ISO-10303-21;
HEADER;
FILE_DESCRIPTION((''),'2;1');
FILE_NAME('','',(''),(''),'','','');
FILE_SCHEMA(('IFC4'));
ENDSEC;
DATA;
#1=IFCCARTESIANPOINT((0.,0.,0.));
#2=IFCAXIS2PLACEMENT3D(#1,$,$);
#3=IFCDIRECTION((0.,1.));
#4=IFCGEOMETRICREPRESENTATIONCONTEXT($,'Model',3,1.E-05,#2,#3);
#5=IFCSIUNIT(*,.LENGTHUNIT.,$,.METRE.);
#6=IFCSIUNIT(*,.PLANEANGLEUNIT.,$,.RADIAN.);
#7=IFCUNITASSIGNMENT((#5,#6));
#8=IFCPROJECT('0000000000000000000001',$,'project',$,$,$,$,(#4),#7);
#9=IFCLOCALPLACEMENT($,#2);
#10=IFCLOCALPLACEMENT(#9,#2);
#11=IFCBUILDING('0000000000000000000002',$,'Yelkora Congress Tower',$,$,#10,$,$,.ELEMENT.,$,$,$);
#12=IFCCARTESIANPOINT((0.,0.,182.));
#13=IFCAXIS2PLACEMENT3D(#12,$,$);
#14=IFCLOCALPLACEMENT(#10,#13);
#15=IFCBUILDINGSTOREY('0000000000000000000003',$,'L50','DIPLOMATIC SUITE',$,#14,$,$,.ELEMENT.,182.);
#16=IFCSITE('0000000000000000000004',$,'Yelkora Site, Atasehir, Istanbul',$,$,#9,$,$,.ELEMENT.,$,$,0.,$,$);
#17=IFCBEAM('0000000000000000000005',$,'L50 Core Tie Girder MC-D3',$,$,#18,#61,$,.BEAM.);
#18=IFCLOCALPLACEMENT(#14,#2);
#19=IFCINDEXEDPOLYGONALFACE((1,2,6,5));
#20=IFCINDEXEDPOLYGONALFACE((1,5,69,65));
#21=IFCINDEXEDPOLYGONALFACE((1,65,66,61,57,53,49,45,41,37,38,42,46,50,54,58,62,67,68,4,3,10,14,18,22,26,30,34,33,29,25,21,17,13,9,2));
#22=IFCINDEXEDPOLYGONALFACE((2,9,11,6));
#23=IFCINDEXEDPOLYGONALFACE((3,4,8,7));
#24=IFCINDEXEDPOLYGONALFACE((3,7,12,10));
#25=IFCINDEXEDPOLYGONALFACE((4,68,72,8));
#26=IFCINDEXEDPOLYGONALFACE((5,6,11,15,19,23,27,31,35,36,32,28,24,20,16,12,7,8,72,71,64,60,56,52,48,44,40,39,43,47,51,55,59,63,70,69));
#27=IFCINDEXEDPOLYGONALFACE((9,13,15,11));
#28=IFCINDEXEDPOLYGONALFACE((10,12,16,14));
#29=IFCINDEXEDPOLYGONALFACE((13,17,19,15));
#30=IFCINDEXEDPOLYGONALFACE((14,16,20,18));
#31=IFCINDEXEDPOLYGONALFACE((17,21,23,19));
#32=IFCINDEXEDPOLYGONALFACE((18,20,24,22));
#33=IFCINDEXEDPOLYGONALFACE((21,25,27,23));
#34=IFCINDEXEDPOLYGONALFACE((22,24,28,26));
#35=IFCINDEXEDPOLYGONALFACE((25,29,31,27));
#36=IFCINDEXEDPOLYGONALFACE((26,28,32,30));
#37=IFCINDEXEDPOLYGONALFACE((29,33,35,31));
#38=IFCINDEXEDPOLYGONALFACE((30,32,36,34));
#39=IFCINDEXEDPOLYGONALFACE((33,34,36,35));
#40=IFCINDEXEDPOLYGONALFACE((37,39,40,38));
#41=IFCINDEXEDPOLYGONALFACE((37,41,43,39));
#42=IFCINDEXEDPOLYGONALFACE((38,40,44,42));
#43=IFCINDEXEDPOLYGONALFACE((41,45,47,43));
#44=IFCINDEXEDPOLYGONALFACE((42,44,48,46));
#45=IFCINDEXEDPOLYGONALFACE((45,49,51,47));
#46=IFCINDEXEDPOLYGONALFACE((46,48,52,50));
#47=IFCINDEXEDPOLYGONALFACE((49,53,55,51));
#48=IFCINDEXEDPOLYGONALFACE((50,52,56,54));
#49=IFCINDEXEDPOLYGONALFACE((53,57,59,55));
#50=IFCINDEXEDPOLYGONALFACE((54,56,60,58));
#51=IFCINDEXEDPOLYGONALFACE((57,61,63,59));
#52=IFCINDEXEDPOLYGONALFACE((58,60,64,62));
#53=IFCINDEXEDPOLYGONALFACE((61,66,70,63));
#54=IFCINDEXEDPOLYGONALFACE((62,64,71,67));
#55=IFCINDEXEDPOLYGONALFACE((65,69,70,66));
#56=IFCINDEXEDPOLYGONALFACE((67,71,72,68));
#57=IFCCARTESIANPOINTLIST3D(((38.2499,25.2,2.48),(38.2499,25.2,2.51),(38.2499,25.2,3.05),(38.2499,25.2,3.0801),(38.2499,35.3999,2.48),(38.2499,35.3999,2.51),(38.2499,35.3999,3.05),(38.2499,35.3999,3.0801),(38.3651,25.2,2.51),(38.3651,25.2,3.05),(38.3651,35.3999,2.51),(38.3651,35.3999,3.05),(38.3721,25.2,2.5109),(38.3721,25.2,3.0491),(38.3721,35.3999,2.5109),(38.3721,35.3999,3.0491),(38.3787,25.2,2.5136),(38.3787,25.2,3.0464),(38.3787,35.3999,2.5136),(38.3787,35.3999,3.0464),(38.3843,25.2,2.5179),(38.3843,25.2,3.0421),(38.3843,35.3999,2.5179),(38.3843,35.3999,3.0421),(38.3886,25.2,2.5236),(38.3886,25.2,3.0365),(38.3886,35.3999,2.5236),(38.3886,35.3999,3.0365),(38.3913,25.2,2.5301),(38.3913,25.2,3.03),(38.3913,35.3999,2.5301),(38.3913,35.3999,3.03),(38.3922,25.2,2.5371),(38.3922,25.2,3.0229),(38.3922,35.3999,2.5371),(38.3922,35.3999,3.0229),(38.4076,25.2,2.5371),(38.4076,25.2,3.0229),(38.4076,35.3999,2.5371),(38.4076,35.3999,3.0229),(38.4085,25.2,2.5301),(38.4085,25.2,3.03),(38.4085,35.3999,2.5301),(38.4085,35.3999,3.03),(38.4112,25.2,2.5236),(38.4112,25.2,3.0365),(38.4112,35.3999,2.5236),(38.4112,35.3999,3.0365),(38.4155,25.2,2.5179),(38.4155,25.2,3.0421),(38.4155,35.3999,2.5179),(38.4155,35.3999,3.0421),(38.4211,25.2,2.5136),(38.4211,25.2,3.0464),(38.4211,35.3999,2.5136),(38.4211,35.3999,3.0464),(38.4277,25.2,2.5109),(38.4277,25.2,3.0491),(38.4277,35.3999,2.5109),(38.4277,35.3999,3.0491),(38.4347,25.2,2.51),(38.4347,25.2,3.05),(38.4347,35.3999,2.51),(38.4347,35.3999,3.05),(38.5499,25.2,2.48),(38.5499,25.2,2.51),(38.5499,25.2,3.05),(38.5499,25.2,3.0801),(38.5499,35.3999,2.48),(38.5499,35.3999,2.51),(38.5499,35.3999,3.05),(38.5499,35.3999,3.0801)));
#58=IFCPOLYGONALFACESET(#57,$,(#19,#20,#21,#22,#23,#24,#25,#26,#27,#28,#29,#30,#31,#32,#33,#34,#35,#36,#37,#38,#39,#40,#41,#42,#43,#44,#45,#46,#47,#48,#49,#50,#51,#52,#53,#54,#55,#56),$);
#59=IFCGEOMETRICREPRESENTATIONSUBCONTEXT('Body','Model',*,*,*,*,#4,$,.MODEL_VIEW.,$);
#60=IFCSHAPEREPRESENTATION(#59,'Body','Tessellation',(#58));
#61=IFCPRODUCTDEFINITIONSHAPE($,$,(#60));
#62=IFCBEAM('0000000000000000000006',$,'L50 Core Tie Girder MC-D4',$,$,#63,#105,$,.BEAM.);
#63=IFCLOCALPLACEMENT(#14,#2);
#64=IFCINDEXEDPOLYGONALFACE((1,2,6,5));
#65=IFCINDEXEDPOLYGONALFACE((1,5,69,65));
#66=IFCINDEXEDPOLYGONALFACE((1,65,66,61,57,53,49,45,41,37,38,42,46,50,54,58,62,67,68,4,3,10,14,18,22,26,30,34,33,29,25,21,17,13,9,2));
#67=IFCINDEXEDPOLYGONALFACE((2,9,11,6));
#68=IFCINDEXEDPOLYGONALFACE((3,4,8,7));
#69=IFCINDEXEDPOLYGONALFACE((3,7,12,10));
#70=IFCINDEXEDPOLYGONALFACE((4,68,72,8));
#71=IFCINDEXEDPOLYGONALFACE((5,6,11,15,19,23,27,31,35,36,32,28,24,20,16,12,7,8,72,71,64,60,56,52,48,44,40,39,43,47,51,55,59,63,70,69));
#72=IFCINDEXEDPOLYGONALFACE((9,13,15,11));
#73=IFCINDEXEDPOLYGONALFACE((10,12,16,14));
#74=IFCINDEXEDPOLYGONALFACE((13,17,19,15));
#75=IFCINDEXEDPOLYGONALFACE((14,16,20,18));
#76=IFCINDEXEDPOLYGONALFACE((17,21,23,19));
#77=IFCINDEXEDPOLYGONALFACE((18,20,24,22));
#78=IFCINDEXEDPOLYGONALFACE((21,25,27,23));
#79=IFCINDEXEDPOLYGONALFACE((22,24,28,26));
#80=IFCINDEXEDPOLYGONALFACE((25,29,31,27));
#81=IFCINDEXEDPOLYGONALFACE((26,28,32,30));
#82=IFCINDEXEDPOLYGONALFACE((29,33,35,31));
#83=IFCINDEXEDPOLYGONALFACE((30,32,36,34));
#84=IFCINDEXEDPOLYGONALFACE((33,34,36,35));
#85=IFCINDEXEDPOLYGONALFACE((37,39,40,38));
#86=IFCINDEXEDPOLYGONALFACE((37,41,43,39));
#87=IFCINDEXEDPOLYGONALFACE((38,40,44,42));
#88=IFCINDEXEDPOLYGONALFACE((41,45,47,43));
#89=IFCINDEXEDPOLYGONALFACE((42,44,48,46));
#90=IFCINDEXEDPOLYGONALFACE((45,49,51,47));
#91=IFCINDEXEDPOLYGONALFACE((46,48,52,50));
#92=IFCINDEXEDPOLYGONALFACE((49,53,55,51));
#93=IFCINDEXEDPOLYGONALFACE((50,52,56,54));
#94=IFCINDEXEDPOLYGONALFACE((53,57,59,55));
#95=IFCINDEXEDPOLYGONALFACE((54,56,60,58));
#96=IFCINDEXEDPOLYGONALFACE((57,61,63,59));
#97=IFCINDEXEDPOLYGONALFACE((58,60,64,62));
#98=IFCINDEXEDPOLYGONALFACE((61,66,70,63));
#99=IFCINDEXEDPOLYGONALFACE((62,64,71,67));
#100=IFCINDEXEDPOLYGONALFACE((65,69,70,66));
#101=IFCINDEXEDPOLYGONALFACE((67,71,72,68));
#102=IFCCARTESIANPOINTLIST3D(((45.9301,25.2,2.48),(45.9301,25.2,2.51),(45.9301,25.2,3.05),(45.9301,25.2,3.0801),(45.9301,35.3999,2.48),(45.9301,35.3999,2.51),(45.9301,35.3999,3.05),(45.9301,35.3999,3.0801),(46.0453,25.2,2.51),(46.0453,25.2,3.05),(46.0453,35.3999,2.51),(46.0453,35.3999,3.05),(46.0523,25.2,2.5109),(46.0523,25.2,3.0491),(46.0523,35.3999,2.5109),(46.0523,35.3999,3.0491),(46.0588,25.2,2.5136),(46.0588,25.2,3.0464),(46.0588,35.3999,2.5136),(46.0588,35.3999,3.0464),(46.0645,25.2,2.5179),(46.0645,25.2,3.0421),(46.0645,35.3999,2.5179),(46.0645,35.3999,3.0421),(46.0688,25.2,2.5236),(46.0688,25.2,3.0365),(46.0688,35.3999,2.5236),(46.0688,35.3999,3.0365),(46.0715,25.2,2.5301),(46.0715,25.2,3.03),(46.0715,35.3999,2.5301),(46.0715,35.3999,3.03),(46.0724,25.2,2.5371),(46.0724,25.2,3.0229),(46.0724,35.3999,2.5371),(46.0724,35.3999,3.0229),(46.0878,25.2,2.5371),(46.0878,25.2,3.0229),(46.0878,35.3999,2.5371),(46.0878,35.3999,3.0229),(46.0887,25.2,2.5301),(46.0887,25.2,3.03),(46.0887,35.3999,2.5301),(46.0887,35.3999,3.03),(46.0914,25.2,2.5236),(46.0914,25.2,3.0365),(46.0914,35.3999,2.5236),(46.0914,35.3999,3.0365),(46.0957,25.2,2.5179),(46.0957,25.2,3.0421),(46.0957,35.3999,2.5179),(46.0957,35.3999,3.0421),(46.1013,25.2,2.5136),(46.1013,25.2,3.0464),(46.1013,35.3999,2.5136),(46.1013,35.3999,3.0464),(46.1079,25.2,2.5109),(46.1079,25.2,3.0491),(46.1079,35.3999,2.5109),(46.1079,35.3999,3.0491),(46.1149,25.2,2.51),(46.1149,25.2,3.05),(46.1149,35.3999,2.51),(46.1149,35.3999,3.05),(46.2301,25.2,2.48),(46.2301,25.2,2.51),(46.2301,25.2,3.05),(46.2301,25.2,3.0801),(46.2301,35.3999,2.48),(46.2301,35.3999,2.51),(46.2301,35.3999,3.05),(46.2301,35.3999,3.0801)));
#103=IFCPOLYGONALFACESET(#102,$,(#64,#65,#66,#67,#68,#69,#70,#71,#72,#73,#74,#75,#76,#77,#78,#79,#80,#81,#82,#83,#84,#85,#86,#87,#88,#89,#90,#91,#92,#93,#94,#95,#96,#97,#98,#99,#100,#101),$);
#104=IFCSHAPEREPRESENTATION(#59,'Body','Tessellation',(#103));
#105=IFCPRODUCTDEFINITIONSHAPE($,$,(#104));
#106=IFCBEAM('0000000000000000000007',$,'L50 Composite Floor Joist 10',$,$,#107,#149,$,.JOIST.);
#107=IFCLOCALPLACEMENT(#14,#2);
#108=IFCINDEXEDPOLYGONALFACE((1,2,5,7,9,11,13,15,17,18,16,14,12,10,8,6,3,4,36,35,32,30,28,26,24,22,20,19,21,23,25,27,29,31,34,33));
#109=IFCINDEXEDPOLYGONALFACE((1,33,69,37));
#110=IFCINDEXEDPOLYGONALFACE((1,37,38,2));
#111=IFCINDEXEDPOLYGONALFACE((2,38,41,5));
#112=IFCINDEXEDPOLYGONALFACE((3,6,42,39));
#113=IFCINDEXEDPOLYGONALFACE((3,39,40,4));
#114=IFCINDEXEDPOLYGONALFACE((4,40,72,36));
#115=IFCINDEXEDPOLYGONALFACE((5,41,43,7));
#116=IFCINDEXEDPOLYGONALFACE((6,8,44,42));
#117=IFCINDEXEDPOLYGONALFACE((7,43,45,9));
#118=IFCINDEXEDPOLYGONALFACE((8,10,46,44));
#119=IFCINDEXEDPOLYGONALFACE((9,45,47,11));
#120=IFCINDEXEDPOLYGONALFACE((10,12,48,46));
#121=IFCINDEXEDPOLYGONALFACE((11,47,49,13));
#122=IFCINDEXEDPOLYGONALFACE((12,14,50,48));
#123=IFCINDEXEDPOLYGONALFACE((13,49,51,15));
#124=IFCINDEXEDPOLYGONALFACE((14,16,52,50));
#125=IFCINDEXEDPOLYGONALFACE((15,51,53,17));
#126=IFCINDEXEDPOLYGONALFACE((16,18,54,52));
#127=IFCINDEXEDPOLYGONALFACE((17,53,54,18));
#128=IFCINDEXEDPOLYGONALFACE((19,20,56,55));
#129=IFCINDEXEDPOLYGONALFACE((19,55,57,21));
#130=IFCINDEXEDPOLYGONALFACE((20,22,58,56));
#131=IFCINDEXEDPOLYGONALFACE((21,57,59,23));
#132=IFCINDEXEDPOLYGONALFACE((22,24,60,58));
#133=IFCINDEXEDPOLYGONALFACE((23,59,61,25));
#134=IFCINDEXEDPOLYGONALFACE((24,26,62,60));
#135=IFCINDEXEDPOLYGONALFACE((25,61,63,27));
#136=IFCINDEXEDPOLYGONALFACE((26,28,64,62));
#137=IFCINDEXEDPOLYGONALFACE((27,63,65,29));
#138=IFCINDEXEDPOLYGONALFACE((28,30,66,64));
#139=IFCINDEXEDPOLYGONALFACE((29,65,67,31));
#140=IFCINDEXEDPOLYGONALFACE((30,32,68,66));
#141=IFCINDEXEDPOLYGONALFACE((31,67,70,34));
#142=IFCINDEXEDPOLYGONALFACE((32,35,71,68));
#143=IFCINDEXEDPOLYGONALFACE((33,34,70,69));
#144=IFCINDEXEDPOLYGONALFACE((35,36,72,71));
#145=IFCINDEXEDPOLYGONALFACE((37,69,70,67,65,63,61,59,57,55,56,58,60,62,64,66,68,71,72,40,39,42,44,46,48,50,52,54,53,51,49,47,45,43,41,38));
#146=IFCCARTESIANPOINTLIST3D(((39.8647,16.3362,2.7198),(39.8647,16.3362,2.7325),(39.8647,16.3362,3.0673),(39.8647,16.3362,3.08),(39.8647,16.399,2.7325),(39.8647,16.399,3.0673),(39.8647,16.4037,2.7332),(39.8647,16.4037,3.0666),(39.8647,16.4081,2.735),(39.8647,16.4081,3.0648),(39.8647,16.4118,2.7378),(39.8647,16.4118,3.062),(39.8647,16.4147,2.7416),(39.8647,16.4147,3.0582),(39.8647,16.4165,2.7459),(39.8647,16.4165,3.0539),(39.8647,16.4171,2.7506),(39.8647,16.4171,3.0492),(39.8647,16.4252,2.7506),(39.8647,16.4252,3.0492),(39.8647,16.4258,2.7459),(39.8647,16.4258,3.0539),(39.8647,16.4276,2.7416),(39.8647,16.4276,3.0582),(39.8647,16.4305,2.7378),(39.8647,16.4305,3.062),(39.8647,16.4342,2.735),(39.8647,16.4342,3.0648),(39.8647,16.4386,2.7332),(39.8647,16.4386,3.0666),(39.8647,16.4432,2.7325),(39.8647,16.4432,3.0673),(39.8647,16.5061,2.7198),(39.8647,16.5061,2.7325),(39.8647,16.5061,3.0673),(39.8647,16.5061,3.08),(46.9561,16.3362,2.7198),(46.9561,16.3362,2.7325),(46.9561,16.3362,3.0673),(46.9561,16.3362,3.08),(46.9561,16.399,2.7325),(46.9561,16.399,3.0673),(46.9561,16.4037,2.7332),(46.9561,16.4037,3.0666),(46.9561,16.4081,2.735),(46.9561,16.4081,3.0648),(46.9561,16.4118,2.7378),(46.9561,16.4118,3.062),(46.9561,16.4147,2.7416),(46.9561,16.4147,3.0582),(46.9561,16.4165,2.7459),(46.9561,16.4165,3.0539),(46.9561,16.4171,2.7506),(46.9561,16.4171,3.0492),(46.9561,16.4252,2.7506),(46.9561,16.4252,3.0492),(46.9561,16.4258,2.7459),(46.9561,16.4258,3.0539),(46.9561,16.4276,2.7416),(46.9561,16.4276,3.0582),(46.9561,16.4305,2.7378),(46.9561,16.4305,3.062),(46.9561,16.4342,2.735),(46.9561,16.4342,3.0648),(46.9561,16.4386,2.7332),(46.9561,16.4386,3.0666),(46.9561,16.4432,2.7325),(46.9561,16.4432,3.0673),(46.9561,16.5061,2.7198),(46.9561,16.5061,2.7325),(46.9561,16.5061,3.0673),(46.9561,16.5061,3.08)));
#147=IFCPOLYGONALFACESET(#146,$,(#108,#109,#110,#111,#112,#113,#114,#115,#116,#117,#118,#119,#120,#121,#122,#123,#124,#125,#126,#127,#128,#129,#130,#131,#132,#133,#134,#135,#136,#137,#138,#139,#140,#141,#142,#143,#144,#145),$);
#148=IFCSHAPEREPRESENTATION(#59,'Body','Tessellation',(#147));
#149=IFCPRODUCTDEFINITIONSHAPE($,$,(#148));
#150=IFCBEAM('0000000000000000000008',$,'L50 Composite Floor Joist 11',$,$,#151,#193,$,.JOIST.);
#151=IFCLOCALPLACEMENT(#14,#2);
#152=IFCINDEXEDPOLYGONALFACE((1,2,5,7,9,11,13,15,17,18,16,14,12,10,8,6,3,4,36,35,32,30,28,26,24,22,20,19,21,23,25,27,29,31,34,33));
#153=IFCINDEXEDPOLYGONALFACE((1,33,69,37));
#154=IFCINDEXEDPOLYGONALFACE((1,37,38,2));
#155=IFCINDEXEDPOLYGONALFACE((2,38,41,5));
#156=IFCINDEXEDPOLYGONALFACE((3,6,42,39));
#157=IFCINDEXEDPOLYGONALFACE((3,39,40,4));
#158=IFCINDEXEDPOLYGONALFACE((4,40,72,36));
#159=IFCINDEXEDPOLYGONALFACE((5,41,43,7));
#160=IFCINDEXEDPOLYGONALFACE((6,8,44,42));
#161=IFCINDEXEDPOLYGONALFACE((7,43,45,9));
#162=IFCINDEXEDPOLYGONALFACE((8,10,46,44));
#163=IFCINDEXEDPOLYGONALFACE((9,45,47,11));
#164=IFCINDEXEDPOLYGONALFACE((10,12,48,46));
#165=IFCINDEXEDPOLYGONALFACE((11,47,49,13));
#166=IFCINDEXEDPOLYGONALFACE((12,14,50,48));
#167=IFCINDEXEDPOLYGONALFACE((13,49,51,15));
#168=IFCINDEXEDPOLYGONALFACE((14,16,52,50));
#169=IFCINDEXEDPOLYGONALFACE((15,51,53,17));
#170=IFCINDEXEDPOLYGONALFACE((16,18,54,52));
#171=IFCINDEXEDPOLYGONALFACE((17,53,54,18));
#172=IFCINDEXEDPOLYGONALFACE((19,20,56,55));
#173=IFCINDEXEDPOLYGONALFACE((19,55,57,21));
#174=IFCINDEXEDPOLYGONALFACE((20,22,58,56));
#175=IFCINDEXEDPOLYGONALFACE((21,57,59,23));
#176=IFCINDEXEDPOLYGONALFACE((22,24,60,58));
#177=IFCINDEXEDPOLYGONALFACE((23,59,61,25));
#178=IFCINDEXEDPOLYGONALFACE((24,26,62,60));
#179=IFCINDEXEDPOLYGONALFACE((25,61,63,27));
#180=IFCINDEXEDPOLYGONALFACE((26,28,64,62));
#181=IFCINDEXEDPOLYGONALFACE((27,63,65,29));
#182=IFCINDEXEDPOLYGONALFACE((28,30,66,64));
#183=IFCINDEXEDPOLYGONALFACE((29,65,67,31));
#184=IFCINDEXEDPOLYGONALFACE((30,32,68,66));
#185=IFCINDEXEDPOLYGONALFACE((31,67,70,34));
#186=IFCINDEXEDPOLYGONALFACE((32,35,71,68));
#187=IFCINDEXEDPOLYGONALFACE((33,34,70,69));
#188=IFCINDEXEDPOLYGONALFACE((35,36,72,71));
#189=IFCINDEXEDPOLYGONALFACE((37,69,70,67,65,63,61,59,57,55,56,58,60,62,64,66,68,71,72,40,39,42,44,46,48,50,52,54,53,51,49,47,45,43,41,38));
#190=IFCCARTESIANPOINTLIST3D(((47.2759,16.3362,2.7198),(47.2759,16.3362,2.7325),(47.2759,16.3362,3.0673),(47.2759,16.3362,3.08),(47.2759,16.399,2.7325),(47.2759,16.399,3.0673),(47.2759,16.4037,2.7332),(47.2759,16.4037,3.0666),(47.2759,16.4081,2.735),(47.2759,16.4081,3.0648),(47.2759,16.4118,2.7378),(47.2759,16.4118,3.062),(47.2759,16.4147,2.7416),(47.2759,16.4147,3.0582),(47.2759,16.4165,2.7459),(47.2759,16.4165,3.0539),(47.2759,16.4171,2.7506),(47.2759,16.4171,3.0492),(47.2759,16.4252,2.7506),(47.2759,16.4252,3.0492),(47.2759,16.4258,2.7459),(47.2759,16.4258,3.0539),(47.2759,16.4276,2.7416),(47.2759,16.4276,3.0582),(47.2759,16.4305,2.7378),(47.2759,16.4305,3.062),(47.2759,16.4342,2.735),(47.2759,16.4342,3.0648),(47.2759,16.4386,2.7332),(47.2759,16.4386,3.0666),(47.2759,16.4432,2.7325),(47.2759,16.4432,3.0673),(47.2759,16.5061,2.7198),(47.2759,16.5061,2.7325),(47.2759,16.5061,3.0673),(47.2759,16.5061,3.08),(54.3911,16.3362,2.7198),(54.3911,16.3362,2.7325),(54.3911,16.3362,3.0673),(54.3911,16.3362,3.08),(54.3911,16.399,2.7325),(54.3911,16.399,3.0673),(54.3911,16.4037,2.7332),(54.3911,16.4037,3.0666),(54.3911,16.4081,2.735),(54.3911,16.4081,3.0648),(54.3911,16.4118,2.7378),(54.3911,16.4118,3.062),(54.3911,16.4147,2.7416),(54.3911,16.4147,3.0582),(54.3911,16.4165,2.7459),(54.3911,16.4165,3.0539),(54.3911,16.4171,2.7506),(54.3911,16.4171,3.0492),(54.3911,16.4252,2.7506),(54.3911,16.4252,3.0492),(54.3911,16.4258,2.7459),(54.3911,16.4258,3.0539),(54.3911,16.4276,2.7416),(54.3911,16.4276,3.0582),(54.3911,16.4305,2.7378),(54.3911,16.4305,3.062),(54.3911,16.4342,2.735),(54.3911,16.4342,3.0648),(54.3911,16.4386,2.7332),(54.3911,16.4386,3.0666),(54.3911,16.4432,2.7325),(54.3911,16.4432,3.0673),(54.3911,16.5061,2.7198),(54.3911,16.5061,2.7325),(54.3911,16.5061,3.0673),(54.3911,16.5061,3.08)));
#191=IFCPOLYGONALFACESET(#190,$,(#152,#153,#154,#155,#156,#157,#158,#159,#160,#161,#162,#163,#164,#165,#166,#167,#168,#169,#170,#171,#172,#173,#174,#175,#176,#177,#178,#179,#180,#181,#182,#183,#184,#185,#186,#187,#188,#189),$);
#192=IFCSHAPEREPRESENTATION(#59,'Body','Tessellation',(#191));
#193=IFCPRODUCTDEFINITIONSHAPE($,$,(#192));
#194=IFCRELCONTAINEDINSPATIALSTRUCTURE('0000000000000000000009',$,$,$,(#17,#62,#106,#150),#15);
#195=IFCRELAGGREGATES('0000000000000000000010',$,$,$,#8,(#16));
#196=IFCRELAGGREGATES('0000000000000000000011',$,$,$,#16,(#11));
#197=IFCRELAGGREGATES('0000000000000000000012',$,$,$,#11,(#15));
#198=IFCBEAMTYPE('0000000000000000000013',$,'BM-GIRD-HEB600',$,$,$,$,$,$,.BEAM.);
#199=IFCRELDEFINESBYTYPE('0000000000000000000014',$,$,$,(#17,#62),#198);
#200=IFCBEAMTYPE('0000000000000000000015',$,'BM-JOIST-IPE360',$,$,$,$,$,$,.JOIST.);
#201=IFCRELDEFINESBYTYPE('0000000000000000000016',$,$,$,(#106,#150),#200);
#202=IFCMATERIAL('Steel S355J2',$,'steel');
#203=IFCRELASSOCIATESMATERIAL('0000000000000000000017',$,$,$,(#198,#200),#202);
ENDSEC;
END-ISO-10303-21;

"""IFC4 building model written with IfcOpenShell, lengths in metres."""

from ifc_helpers import new_model, si_unit, direction, frame, origin, origin_2d, place, context, subcontext, project, spatial, i_section, extrude, material, material_profile, profile_set, type_object, element, save


model = new_model("IFC4")

# Units and contexts
model_context = context("Model", 3, precision=1e-05, world=origin(), true_north=direction((0.0, 1.0)))
body_context = subcontext(model_context, "Body", "Model", "MODEL_VIEW")
ifc_project = project(units=[si_unit("LENGTHUNIT", "METRE"), si_unit("PLANEANGLEUNIT", "RADIAN")], contexts=[model_context])

# Site, building, storey
site_placement = place(None, origin())
site = spatial("IfcSite", under=ifc_project, at=site_placement, Name="Yelkora Site, Atasehir, Istanbul", CompositionType="ELEMENT", RefElevation=0.0)
building_placement = place(site_placement, origin())
building = spatial("IfcBuilding", under=site, at=building_placement, Name="Yelkora Congress Tower", CompositionType="ELEMENT")
storey_placement = place(building_placement, frame((0.0, 0.0, 182.0)))
storey = spatial("IfcBuildingStorey", under=building, at=storey_placement, Name="L50", Description="DIPLOMATIC SUITE", CompositionType="ELEMENT", Elevation=182.0)

# Beams
ifc_material_1 = material(Name="Steel S355J2", Category="steel")
ifc_material_profile_1 = material_profile(ifc_material_1, i_section(OverallWidth=0.3, OverallDepth=0.6001, WebThickness=0.0154, FlangeThickness=0.03, FilletRadius=0.0271, at=origin_2d()), Name="HEB 600")
ifc_profile_set_1 = profile_set([ifc_material_profile_1], Name="Steel S355J2")
beam_type_1 = type_object("IfcBeamType", Name="BM-GIRD-HEB600", PredefinedType="BEAM", material=ifc_profile_set_1)
for number, where, z_axis, x_axis, name in (
    (1, (38.3999, 25.2, 2.78), (0.0, 1.0, 0.0), (-1.0, 0.0, 0.0), "L50 Core Tie Girder MC-D3"),
    (2, (46.0801, 25.2, 2.78), (0.0, 1.0, 0.0), (-1.0, 0.0, 0.0), "L50 Core Tie Girder MC-D4"),
):
    element("IfcBeam", number, at=place(storey_placement, frame(where, z_axis=z_axis, x_axis=x_axis)), inside=storey, type_object=beam_type_1, Name=name, PredefinedType="BEAM", context=body_context, shape_type="SweptSolid", body=[
        extrude(i_section(OverallWidth=0.3, OverallDepth=0.6001, WebThickness=0.0154, FlangeThickness=0.03, FilletRadius=0.0271, at=origin_2d()), origin(), (0.0, 0.0, 1.0), 10.2),
    ])
ifc_material_profile_2 = material_profile(ifc_material_1, i_section(OverallWidth=0.1699, OverallDepth=0.3601, WebThickness=0.0081, FlangeThickness=0.0127, FilletRadius=0.0181, at=origin_2d()), Name="IPE 360")
ifc_profile_set_2 = profile_set([ifc_material_profile_2], Name="Steel S355J2")
beam_type_2 = type_object("IfcBeamType", Name="BM-JOIST-IPE360", PredefinedType="JOIST", material=ifc_profile_set_2)
beam_1_placement = place(storey_placement, frame((39.8647, 16.4211, 2.8999), z_axis=(1.0, 0.0, 0.0), x_axis=(0.0, 1.0, 0.0)))
element("IfcBeam", 3, at=beam_1_placement, inside=storey, type_object=beam_type_2, Name="L50 Composite Floor Joist 10", PredefinedType="JOIST", context=body_context, shape_type="SweptSolid", body=[
    extrude(i_section(OverallWidth=0.1699, OverallDepth=0.3601, WebThickness=0.0081, FlangeThickness=0.0127, FilletRadius=0.0181, at=origin_2d()), origin(), (0.0, 0.0, 1.0), 7.0913),
])
beam_2_placement = place(storey_placement, frame((47.2759, 16.4211, 2.8999), z_axis=(1.0, 0.0, 0.0), x_axis=(0.0, 1.0, 0.0)))
element("IfcBeam", 4, at=beam_2_placement, inside=storey, type_object=beam_type_2, Name="L50 Composite Floor Joist 11", PredefinedType="JOIST", context=body_context, shape_type="SweptSolid", body=[
    extrude(i_section(OverallWidth=0.1699, OverallDepth=0.3601, WebThickness=0.0081, FlangeThickness=0.0127, FilletRadius=0.0181, at=origin_2d()), origin(), (0.0, 0.0, 1.0), 7.1152),
])

save(model, "model.ifc")
